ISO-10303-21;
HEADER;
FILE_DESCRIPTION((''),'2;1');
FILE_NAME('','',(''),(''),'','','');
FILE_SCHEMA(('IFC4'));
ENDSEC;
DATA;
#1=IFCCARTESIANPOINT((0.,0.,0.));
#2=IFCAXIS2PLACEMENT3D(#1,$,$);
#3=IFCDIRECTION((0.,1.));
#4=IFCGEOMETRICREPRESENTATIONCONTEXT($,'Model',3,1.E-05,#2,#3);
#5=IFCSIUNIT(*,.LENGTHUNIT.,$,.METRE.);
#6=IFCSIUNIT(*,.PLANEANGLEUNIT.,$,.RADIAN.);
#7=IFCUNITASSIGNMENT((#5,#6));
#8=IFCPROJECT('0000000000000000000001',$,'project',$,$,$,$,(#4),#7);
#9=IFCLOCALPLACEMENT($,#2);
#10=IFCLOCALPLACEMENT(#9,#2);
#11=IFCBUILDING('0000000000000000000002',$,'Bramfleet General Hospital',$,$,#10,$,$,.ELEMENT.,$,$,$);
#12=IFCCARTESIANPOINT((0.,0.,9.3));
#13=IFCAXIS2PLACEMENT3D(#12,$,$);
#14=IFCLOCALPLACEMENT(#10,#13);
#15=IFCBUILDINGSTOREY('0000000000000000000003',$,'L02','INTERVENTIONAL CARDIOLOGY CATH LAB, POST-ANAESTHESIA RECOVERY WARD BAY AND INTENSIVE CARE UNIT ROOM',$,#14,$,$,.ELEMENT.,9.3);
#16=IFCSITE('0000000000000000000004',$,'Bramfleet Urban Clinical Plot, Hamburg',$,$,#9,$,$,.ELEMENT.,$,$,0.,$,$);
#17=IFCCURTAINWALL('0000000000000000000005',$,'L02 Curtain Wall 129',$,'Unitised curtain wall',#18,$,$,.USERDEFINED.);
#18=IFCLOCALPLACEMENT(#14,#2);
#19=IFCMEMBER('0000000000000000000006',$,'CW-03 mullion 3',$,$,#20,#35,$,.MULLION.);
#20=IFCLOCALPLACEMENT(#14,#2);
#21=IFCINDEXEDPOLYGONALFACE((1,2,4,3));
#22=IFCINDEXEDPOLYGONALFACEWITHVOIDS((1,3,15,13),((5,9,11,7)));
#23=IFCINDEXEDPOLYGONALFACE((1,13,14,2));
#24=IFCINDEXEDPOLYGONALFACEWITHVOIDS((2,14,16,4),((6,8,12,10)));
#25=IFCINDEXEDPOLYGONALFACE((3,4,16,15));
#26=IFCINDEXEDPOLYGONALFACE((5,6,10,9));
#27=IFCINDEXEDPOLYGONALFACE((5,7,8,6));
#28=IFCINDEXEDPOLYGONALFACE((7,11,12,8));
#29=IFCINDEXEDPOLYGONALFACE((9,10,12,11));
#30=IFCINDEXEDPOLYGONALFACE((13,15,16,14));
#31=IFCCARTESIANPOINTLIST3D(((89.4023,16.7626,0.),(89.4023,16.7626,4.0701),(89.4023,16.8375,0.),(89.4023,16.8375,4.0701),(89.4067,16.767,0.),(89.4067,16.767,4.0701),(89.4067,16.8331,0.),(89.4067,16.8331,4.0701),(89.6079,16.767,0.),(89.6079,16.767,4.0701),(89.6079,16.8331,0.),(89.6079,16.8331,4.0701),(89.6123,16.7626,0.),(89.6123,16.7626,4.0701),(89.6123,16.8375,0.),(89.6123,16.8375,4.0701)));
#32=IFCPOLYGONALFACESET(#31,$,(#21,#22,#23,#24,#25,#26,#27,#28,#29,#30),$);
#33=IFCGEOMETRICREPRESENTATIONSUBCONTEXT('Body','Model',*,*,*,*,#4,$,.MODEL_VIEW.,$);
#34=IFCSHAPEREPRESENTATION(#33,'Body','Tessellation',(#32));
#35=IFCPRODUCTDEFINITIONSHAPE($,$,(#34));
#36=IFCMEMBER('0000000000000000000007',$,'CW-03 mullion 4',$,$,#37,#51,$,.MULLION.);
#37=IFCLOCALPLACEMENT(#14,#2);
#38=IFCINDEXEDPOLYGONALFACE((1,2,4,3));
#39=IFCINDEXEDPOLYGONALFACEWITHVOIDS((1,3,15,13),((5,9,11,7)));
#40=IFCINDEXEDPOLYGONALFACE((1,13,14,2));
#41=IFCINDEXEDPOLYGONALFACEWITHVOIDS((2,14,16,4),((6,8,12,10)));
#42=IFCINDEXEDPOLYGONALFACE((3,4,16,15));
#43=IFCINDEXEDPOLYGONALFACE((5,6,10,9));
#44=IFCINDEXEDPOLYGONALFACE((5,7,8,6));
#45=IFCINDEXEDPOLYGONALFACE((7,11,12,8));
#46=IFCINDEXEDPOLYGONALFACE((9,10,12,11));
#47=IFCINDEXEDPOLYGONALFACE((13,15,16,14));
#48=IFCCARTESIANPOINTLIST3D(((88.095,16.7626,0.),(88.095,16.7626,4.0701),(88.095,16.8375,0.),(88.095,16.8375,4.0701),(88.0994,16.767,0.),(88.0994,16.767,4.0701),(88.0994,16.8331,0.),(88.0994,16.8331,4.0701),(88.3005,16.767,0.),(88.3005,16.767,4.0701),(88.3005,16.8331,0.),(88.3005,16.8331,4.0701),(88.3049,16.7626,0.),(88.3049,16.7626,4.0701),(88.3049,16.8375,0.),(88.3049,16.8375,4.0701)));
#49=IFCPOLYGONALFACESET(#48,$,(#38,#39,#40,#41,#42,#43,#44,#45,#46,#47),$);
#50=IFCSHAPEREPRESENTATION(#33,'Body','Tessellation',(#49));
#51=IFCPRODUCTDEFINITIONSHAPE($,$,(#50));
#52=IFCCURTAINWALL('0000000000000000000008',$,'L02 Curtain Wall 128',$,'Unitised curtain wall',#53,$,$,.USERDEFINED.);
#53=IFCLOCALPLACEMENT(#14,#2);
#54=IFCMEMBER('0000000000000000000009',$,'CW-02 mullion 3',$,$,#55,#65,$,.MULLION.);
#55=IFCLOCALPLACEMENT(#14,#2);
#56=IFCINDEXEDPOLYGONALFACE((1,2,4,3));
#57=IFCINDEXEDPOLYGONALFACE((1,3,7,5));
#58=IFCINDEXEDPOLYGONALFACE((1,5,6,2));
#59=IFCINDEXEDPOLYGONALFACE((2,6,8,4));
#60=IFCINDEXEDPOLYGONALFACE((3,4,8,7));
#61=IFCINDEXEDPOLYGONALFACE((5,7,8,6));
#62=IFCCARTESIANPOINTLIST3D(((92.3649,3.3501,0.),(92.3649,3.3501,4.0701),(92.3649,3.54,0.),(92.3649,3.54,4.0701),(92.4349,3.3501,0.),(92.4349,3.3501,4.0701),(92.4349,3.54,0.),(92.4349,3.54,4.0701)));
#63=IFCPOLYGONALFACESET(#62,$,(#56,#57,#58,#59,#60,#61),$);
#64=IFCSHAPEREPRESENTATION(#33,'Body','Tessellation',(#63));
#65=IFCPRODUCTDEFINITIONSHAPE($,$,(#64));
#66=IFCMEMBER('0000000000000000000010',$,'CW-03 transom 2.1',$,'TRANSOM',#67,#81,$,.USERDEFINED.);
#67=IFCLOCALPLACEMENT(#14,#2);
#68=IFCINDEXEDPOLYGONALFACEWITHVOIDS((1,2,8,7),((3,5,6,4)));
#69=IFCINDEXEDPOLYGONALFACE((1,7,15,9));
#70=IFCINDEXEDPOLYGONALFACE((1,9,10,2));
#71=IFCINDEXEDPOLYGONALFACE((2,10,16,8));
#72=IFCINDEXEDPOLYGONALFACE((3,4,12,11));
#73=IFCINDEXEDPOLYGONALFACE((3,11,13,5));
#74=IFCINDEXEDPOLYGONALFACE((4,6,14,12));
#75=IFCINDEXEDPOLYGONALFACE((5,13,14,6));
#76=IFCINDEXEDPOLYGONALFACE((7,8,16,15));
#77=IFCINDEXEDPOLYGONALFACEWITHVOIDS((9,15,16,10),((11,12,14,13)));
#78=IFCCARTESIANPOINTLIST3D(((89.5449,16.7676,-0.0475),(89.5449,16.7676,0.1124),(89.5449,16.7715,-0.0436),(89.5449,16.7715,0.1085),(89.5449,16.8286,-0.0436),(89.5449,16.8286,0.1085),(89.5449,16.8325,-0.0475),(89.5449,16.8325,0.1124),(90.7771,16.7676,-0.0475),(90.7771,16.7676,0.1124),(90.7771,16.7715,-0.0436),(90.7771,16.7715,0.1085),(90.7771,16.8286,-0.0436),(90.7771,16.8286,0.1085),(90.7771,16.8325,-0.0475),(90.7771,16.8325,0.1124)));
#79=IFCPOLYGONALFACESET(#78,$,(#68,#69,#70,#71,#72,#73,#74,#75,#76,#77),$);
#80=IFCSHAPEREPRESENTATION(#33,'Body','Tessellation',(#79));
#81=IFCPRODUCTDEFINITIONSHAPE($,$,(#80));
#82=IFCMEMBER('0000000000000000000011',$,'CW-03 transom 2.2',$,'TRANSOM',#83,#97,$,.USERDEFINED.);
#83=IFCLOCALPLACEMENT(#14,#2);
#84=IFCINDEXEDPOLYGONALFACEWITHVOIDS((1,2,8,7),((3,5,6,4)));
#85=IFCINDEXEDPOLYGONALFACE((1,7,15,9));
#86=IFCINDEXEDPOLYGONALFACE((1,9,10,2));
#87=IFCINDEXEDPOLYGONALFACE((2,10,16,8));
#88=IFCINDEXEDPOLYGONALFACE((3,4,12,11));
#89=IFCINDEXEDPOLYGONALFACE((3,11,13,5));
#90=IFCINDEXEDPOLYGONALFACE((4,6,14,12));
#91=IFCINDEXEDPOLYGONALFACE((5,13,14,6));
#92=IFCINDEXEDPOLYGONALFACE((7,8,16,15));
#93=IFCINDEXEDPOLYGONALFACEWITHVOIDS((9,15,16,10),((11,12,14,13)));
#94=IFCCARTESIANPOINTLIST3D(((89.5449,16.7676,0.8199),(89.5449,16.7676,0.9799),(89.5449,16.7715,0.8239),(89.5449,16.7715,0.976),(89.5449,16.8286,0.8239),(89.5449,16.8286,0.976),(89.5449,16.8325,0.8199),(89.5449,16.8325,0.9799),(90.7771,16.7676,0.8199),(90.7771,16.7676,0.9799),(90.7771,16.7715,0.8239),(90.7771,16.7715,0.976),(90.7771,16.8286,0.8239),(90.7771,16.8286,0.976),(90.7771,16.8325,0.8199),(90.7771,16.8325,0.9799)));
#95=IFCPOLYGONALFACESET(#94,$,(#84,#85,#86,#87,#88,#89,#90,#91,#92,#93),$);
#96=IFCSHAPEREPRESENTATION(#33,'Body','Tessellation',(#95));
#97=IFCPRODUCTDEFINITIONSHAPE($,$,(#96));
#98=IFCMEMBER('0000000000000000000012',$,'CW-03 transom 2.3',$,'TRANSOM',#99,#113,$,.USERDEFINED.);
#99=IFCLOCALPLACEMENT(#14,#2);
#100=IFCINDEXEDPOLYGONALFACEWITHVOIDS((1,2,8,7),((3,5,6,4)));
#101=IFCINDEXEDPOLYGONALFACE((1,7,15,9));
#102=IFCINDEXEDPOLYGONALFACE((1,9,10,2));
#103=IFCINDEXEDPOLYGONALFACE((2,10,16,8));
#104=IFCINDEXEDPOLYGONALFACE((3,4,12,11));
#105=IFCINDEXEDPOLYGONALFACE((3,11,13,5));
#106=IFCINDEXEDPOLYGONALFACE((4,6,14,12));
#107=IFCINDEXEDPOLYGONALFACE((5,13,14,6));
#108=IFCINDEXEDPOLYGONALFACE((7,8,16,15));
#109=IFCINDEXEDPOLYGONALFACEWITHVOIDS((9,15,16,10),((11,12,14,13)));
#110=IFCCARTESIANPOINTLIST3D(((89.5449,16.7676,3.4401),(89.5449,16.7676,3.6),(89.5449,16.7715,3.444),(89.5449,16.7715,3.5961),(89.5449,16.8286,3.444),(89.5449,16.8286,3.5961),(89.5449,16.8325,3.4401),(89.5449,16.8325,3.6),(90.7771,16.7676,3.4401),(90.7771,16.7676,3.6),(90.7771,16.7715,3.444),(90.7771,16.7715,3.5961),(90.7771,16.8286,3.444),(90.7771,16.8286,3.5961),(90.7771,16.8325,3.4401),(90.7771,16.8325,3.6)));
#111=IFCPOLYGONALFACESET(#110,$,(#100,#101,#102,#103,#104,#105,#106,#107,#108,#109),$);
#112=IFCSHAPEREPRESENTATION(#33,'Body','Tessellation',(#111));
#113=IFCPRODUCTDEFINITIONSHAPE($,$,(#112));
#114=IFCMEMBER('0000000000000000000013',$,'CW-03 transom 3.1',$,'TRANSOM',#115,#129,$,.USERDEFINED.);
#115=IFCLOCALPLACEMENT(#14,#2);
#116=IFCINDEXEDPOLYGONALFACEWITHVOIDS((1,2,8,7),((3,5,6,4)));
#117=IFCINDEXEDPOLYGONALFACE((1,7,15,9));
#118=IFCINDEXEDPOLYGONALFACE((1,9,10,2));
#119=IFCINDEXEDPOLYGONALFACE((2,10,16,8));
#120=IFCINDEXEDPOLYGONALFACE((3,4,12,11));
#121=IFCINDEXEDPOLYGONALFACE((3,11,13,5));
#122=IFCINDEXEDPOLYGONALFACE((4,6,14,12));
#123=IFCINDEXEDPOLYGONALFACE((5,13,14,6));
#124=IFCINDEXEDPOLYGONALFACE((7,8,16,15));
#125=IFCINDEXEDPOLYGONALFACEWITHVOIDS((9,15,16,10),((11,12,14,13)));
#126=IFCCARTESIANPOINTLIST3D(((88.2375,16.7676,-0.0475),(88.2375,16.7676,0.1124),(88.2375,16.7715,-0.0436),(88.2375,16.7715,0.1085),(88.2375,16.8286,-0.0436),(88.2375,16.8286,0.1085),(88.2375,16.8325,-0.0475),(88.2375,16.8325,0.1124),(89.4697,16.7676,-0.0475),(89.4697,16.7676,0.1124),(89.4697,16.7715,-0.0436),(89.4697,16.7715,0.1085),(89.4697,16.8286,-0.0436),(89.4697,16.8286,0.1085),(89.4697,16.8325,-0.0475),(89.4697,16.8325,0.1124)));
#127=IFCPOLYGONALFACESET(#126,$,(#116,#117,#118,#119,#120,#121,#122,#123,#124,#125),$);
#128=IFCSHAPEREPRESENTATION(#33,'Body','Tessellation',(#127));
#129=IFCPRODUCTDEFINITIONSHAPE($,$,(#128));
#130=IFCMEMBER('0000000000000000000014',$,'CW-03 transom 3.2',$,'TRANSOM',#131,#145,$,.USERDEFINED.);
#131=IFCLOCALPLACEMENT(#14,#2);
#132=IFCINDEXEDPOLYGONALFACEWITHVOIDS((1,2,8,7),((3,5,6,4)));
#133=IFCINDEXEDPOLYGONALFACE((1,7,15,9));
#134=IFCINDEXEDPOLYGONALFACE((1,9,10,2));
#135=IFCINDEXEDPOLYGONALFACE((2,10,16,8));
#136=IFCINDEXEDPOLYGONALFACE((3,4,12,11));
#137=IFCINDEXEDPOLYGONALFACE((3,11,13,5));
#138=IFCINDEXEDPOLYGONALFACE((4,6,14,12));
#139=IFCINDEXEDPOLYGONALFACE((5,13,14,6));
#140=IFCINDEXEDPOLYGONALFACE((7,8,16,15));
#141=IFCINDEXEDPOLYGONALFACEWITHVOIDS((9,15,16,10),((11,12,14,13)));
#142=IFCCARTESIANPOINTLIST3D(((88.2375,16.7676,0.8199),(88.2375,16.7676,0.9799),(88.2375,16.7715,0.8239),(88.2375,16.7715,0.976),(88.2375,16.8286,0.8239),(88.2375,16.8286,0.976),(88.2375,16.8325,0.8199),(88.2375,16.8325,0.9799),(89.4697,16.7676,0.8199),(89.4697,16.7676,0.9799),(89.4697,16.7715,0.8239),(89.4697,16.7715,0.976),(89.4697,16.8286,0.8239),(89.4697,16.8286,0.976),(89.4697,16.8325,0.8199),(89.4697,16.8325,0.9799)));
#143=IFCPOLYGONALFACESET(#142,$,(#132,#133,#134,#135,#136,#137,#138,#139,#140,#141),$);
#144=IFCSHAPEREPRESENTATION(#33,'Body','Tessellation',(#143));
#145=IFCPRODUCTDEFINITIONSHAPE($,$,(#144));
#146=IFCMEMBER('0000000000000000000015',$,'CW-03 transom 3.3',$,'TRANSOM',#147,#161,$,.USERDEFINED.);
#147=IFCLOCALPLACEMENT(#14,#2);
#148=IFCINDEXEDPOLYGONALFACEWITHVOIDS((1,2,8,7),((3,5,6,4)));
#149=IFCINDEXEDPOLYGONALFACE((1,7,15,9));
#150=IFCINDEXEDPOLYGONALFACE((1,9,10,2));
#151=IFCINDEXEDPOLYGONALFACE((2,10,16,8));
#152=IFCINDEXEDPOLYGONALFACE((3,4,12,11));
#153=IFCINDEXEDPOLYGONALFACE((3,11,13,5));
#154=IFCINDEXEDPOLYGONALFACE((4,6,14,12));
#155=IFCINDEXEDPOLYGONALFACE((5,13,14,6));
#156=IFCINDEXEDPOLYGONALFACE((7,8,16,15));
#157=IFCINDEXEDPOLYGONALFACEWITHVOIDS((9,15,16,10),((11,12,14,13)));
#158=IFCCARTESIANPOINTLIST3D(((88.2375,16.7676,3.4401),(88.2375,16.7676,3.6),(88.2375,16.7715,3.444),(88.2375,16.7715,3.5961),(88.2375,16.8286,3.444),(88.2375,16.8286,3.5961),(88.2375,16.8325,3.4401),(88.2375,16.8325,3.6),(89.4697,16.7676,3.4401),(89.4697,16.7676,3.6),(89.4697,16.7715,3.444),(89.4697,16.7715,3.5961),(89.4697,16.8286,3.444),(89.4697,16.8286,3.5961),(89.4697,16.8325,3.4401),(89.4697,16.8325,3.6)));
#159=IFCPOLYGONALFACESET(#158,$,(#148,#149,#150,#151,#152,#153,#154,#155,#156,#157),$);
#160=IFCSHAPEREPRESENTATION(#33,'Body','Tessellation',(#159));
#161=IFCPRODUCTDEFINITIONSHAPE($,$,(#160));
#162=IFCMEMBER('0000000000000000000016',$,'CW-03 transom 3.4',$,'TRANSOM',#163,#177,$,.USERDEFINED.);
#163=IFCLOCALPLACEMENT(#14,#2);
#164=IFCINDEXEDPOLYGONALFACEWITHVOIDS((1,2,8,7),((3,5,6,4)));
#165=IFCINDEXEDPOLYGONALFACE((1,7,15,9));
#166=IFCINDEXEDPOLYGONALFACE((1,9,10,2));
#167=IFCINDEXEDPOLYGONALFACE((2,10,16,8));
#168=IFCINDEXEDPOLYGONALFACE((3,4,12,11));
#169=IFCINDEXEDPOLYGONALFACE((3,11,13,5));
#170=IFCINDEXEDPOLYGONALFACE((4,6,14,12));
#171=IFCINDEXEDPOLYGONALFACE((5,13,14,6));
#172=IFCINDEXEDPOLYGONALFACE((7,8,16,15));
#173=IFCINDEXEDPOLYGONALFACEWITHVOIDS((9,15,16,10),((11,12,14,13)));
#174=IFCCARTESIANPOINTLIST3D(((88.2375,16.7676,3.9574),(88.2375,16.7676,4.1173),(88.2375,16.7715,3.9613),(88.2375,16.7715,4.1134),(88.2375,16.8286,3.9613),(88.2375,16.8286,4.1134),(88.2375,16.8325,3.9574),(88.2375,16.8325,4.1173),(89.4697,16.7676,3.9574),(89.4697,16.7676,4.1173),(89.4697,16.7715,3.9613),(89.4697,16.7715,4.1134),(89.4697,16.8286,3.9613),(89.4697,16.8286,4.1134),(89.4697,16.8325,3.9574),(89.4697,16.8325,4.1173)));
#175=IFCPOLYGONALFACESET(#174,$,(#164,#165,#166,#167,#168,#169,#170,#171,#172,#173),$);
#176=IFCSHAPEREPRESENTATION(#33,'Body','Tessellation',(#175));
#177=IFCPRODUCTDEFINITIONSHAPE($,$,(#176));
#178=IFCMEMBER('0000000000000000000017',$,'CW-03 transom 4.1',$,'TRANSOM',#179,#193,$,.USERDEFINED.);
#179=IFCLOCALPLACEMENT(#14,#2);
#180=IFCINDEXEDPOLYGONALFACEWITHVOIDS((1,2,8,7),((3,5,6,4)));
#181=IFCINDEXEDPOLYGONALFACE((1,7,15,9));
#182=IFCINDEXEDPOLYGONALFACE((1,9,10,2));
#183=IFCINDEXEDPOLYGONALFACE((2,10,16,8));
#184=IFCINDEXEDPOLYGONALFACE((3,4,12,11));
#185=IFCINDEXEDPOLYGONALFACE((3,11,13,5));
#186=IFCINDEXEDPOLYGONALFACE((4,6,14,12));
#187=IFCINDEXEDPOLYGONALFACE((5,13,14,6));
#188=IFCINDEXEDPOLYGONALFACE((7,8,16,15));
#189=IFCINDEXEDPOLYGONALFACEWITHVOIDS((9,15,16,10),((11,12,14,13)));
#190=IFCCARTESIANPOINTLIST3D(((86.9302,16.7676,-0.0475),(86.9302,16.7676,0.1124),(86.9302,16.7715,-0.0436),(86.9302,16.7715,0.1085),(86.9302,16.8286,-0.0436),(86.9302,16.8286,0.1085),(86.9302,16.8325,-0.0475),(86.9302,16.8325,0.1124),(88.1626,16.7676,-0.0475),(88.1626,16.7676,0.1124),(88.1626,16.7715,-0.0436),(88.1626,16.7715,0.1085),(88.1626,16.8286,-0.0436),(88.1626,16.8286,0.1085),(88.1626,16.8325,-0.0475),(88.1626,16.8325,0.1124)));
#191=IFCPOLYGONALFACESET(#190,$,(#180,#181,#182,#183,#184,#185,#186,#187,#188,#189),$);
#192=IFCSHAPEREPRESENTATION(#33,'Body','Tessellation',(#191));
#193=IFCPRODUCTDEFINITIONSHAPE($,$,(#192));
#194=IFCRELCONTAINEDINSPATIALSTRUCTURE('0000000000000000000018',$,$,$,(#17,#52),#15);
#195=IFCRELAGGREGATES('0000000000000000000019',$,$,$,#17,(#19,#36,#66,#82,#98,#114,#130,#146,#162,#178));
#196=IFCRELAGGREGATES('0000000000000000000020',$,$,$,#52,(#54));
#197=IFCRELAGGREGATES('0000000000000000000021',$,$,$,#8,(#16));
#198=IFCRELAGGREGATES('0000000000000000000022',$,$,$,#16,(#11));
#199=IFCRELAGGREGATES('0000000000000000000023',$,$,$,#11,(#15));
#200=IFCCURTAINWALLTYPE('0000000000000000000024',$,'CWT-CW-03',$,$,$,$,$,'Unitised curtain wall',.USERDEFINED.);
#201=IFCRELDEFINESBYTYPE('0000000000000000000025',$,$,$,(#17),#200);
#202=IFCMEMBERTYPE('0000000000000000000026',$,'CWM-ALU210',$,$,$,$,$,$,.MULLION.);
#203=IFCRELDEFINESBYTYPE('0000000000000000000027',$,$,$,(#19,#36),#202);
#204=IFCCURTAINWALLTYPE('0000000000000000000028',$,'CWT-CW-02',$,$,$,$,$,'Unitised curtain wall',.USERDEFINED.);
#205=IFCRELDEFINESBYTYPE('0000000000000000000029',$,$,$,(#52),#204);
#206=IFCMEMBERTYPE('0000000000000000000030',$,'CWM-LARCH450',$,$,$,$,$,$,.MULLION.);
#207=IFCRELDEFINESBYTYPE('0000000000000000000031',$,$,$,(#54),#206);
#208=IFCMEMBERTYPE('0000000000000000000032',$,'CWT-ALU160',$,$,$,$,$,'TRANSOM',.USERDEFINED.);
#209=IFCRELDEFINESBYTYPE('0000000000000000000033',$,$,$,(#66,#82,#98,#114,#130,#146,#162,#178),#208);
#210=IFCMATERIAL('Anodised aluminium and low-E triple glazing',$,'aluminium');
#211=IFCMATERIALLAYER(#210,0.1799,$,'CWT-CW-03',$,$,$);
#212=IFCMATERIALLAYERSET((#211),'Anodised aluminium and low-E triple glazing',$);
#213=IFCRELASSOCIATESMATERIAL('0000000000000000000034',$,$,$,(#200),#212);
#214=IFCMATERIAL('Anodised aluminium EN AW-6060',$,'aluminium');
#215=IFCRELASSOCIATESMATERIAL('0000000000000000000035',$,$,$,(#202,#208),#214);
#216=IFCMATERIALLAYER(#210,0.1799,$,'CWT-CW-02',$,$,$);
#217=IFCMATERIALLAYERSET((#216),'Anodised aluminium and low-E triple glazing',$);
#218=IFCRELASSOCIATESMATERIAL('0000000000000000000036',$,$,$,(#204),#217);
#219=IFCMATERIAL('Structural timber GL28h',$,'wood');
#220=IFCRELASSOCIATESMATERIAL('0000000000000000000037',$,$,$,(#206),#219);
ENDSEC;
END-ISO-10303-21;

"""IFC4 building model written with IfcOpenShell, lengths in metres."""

from ifc_helpers import new_model, si_unit, direction, frame, origin, origin_2d, place, context, subcontext, project, spatial, rectangle, hollow_rectangle, extrude, material, layer, layer_set, material_profile, profile_set, type_object, element, aggregate, save


model = new_model("IFC4")

# Units and contexts
model_context = context("Model", 3, precision=1e-05, world=origin(), true_north=direction((0.0, 1.0)))
body_context = subcontext(model_context, "Body", "Model", "MODEL_VIEW")
ifc_project = project(units=[si_unit("LENGTHUNIT", "METRE"), si_unit("PLANEANGLEUNIT", "RADIAN")], contexts=[model_context])

# Site, building, storey
site_placement = place(None, origin())
site = spatial("IfcSite", under=ifc_project, at=site_placement, Name="Bramfleet Urban Clinical Plot, Hamburg", CompositionType="ELEMENT", RefElevation=0.0)
building_placement = place(site_placement, origin())
building = spatial("IfcBuilding", under=site, at=building_placement, Name="Bramfleet General Hospital", CompositionType="ELEMENT")
storey_placement = place(building_placement, frame((0.0, 0.0, 9.3)))
storey = spatial("IfcBuildingStorey", under=building, at=storey_placement, Name="L02", Description="INTERVENTIONAL CARDIOLOGY CATH LAB, POST-ANAESTHESIA RECOVERY WARD BAY AND INTENSIVE CARE UNIT ROOM", CompositionType="ELEMENT", Elevation=9.3)

# Curtain wall, members
ifc_material_1 = material(Name="Anodised aluminium and low-E triple glazing", Category="aluminium")
ifc_layer_1 = layer(ifc_material_1, 0.1799, Name="CWT-CW-03")
ifc_layer_set_1 = layer_set([ifc_layer_1], Name="Anodised aluminium and low-E triple glazing")
curtain_wall_type_1 = type_object("IfcCurtainWallType", Name="CWT-CW-03", ElementType="Unitised curtain wall", PredefinedType="USERDEFINED", material=ifc_layer_set_1)
curtain_wall_1_placement = place(storey_placement, origin())
curtain_wall_1 = element("IfcCurtainWall", 1, at=curtain_wall_1_placement, inside=storey, type_object=curtain_wall_type_1, Name="L02 Curtain Wall 129", ObjectType="Unitised curtain wall", PredefinedType="USERDEFINED")
ifc_material_2 = material(Name="Anodised aluminium EN AW-6060", Category="aluminium")
ifc_material_profile_1 = material_profile(ifc_material_2, hollow_rectangle(XDim=0.075, YDim=0.21, WallThickness=0.0044, at=origin_2d()), Name="ALU 210x75x4.5")
ifc_profile_set_1 = profile_set([ifc_material_profile_1], Name="Anodised aluminium EN AW-6060")
member_type_1 = type_object("IfcMemberType", Name="CWM-ALU210", PredefinedType="MULLION", material=ifc_profile_set_1)
member_1_placement = place(storey_placement, frame((89.5073, 16.8, 0.0), z_axis=(0.0, 0.0, 1.0), x_axis=(0.0, -1.0, 0.0)))
member_1 = element("IfcMember", 2, at=member_1_placement, type_object=member_type_1, Name="CW-03 mullion 3", PredefinedType="MULLION", context=body_context, shape_type="SweptSolid", body=[
    extrude(hollow_rectangle(XDim=0.075, YDim=0.21, WallThickness=0.0044, at=origin_2d()), origin(), (0.0, 0.0, 1.0), 4.0701),
])
member_2_placement = place(storey_placement, frame((88.2, 16.8, 0.0), z_axis=(0.0, 0.0, 1.0), x_axis=(0.0, -1.0, 0.0)))
member_2 = element("IfcMember", 3, at=member_2_placement, type_object=member_type_1, Name="CW-03 mullion 4", PredefinedType="MULLION", context=body_context, shape_type="SweptSolid", body=[
    extrude(hollow_rectangle(XDim=0.075, YDim=0.21, WallThickness=0.0044, at=origin_2d()), origin(), (0.0, 0.0, 1.0), 4.0701),
])

# Curtain wall, member
ifc_layer_2 = layer(ifc_material_1, 0.1799, Name="CWT-CW-02")
ifc_layer_set_2 = layer_set([ifc_layer_2], Name="Anodised aluminium and low-E triple glazing")
curtain_wall_type_2 = type_object("IfcCurtainWallType", Name="CWT-CW-02", ElementType="Unitised curtain wall", PredefinedType="USERDEFINED", material=ifc_layer_set_2)
curtain_wall_2_placement = place(storey_placement, origin())
curtain_wall_2 = element("IfcCurtainWall", 4, at=curtain_wall_2_placement, inside=storey, type_object=curtain_wall_type_2, Name="L02 Curtain Wall 128", ObjectType="Unitised curtain wall", PredefinedType="USERDEFINED")
ifc_material_3 = material(Name="Structural timber GL28h", Category="wood")
ifc_material_profile_2 = material_profile(ifc_material_3, rectangle(XDim=0.0701, YDim=0.1899, at=origin_2d()), Name="LARCH 190x70")
ifc_profile_set_2 = profile_set([ifc_material_profile_2], Name="Structural timber GL28h")
member_type_2 = type_object("IfcMemberType", Name="CWM-LARCH450", PredefinedType="MULLION", material=ifc_profile_set_2)
member_3_placement = place(storey_placement, frame((92.3999, 3.4451, 0.0), z_axis=(0.0, 0.0, 1.0), x_axis=(-1.0, 0.0, 0.0)))
member_3 = element("IfcMember", 5, at=member_3_placement, type_object=member_type_2, Name="CW-02 mullion 3", PredefinedType="MULLION", context=body_context, shape_type="SweptSolid", body=[
    extrude(rectangle(XDim=0.0701, YDim=0.1899, at=origin_2d()), origin(), (0.0, 0.0, 1.0), 4.0701),
])

# Members
ifc_material_profile_3 = material_profile(ifc_material_2, hollow_rectangle(XDim=0.0649, YDim=0.1599, WallThickness=0.0039, at=origin_2d()), Name="ALU 160x65x4.0")
ifc_profile_set_3 = profile_set([ifc_material_profile_3], Name="Anodised aluminium EN AW-6060")
member_type_3 = type_object("IfcMemberType", Name="CWT-ALU160", ElementType="TRANSOM", PredefinedType="USERDEFINED", material=ifc_profile_set_3)
member_4_placement = place(storey_placement, frame((90.7771, 16.8, 0.0325), z_axis=(-1.0, 0.0, 0.0), x_axis=(0.0, -1.0, 0.0)))
member_4 = element("IfcMember", 6, at=member_4_placement, type_object=member_type_3, Name="CW-03 transom 2.1", ObjectType="TRANSOM", PredefinedType="USERDEFINED", context=body_context, shape_type="SweptSolid", body=[
    extrude(hollow_rectangle(XDim=0.0649, YDim=0.1599, WallThickness=0.0039, at=origin_2d()), origin(), (0.0, 0.0, 1.0), 1.2322),
])
member_5_placement = place(storey_placement, frame((90.7771, 16.8, 0.8999), z_axis=(-1.0, 0.0, 0.0), x_axis=(0.0, -1.0, 0.0)))
member_5 = element("IfcMember", 7, at=member_5_placement, type_object=member_type_3, Name="CW-03 transom 2.2", ObjectType="TRANSOM", PredefinedType="USERDEFINED", context=body_context, shape_type="SweptSolid", body=[
    extrude(hollow_rectangle(XDim=0.0649, YDim=0.1599, WallThickness=0.0039, at=origin_2d()), origin(), (0.0, 0.0, 1.0), 1.2322),
])
member_6_placement = place(storey_placement, frame((90.7771, 16.8, 3.52), z_axis=(-1.0, 0.0, 0.0), x_axis=(0.0, -1.0, 0.0)))
member_6 = element("IfcMember", 8, at=member_6_placement, type_object=member_type_3, Name="CW-03 transom 2.3", ObjectType="TRANSOM", PredefinedType="USERDEFINED", context=body_context, shape_type="SweptSolid", body=[
    extrude(hollow_rectangle(XDim=0.0649, YDim=0.1599, WallThickness=0.0039, at=origin_2d()), origin(), (0.0, 0.0, 1.0), 1.2322),
])
member_7_placement = place(storey_placement, frame((89.4697, 16.8, 0.0325), z_axis=(-1.0, 0.0, 0.0), x_axis=(0.0, -1.0, 0.0)))
member_7 = element("IfcMember", 9, at=member_7_placement, type_object=member_type_3, Name="CW-03 transom 3.1", ObjectType="TRANSOM", PredefinedType="USERDEFINED", context=body_context, shape_type="SweptSolid", body=[
    extrude(hollow_rectangle(XDim=0.0649, YDim=0.1599, WallThickness=0.0039, at=origin_2d()), origin(), (0.0, 0.0, 1.0), 1.2322),
])
member_8_placement = place(storey_placement, frame((89.4697, 16.8, 0.8999), z_axis=(-1.0, 0.0, 0.0), x_axis=(0.0, -1.0, 0.0)))
member_8 = element("IfcMember", 10, at=member_8_placement, type_object=member_type_3, Name="CW-03 transom 3.2", ObjectType="TRANSOM", PredefinedType="USERDEFINED", context=body_context, shape_type="SweptSolid", body=[
    extrude(hollow_rectangle(XDim=0.0649, YDim=0.1599, WallThickness=0.0039, at=origin_2d()), origin(), (0.0, 0.0, 1.0), 1.2322),
])
member_9_placement = place(storey_placement, frame((89.4697, 16.8, 3.52), z_axis=(-1.0, 0.0, 0.0), x_axis=(0.0, -1.0, 0.0)))
member_9 = element("IfcMember", 11, at=member_9_placement, type_object=member_type_3, Name="CW-03 transom 3.3", ObjectType="TRANSOM", PredefinedType="USERDEFINED", context=body_context, shape_type="SweptSolid", body=[
    extrude(hollow_rectangle(XDim=0.0649, YDim=0.1599, WallThickness=0.0039, at=origin_2d()), origin(), (0.0, 0.0, 1.0), 1.2322),
])
member_10_placement = place(storey_placement, frame((89.4697, 16.8, 4.0374), z_axis=(-1.0, 0.0, 0.0), x_axis=(0.0, -1.0, 0.0)))
member_10 = element("IfcMember", 12, at=member_10_placement, type_object=member_type_3, Name="CW-03 transom 3.4", ObjectType="TRANSOM", PredefinedType="USERDEFINED", context=body_context, shape_type="SweptSolid", body=[
    extrude(hollow_rectangle(XDim=0.0649, YDim=0.1599, WallThickness=0.0039, at=origin_2d()), origin(), (0.0, 0.0, 1.0), 1.2322),
])
member_11_placement = place(storey_placement, frame((88.1626, 16.8, 0.0325), z_axis=(-1.0, 0.0, 0.0), x_axis=(0.0, -1.0, 0.0)))
member_11 = element("IfcMember", 13, at=member_11_placement, type_object=member_type_3, Name="CW-03 transom 4.1", ObjectType="TRANSOM", PredefinedType="USERDEFINED", context=body_context, shape_type="SweptSolid", body=[
    extrude(hollow_rectangle(XDim=0.0649, YDim=0.1599, WallThickness=0.0039, at=origin_2d()), origin(), (0.0, 0.0, 1.0), 1.2324),
])

aggregate(curtain_wall_1, [member_1, member_2, member_4, member_5, member_6, member_7, member_8, member_9, member_10, member_11])
aggregate(curtain_wall_2, [member_3])

save(model, "model.ifc")
